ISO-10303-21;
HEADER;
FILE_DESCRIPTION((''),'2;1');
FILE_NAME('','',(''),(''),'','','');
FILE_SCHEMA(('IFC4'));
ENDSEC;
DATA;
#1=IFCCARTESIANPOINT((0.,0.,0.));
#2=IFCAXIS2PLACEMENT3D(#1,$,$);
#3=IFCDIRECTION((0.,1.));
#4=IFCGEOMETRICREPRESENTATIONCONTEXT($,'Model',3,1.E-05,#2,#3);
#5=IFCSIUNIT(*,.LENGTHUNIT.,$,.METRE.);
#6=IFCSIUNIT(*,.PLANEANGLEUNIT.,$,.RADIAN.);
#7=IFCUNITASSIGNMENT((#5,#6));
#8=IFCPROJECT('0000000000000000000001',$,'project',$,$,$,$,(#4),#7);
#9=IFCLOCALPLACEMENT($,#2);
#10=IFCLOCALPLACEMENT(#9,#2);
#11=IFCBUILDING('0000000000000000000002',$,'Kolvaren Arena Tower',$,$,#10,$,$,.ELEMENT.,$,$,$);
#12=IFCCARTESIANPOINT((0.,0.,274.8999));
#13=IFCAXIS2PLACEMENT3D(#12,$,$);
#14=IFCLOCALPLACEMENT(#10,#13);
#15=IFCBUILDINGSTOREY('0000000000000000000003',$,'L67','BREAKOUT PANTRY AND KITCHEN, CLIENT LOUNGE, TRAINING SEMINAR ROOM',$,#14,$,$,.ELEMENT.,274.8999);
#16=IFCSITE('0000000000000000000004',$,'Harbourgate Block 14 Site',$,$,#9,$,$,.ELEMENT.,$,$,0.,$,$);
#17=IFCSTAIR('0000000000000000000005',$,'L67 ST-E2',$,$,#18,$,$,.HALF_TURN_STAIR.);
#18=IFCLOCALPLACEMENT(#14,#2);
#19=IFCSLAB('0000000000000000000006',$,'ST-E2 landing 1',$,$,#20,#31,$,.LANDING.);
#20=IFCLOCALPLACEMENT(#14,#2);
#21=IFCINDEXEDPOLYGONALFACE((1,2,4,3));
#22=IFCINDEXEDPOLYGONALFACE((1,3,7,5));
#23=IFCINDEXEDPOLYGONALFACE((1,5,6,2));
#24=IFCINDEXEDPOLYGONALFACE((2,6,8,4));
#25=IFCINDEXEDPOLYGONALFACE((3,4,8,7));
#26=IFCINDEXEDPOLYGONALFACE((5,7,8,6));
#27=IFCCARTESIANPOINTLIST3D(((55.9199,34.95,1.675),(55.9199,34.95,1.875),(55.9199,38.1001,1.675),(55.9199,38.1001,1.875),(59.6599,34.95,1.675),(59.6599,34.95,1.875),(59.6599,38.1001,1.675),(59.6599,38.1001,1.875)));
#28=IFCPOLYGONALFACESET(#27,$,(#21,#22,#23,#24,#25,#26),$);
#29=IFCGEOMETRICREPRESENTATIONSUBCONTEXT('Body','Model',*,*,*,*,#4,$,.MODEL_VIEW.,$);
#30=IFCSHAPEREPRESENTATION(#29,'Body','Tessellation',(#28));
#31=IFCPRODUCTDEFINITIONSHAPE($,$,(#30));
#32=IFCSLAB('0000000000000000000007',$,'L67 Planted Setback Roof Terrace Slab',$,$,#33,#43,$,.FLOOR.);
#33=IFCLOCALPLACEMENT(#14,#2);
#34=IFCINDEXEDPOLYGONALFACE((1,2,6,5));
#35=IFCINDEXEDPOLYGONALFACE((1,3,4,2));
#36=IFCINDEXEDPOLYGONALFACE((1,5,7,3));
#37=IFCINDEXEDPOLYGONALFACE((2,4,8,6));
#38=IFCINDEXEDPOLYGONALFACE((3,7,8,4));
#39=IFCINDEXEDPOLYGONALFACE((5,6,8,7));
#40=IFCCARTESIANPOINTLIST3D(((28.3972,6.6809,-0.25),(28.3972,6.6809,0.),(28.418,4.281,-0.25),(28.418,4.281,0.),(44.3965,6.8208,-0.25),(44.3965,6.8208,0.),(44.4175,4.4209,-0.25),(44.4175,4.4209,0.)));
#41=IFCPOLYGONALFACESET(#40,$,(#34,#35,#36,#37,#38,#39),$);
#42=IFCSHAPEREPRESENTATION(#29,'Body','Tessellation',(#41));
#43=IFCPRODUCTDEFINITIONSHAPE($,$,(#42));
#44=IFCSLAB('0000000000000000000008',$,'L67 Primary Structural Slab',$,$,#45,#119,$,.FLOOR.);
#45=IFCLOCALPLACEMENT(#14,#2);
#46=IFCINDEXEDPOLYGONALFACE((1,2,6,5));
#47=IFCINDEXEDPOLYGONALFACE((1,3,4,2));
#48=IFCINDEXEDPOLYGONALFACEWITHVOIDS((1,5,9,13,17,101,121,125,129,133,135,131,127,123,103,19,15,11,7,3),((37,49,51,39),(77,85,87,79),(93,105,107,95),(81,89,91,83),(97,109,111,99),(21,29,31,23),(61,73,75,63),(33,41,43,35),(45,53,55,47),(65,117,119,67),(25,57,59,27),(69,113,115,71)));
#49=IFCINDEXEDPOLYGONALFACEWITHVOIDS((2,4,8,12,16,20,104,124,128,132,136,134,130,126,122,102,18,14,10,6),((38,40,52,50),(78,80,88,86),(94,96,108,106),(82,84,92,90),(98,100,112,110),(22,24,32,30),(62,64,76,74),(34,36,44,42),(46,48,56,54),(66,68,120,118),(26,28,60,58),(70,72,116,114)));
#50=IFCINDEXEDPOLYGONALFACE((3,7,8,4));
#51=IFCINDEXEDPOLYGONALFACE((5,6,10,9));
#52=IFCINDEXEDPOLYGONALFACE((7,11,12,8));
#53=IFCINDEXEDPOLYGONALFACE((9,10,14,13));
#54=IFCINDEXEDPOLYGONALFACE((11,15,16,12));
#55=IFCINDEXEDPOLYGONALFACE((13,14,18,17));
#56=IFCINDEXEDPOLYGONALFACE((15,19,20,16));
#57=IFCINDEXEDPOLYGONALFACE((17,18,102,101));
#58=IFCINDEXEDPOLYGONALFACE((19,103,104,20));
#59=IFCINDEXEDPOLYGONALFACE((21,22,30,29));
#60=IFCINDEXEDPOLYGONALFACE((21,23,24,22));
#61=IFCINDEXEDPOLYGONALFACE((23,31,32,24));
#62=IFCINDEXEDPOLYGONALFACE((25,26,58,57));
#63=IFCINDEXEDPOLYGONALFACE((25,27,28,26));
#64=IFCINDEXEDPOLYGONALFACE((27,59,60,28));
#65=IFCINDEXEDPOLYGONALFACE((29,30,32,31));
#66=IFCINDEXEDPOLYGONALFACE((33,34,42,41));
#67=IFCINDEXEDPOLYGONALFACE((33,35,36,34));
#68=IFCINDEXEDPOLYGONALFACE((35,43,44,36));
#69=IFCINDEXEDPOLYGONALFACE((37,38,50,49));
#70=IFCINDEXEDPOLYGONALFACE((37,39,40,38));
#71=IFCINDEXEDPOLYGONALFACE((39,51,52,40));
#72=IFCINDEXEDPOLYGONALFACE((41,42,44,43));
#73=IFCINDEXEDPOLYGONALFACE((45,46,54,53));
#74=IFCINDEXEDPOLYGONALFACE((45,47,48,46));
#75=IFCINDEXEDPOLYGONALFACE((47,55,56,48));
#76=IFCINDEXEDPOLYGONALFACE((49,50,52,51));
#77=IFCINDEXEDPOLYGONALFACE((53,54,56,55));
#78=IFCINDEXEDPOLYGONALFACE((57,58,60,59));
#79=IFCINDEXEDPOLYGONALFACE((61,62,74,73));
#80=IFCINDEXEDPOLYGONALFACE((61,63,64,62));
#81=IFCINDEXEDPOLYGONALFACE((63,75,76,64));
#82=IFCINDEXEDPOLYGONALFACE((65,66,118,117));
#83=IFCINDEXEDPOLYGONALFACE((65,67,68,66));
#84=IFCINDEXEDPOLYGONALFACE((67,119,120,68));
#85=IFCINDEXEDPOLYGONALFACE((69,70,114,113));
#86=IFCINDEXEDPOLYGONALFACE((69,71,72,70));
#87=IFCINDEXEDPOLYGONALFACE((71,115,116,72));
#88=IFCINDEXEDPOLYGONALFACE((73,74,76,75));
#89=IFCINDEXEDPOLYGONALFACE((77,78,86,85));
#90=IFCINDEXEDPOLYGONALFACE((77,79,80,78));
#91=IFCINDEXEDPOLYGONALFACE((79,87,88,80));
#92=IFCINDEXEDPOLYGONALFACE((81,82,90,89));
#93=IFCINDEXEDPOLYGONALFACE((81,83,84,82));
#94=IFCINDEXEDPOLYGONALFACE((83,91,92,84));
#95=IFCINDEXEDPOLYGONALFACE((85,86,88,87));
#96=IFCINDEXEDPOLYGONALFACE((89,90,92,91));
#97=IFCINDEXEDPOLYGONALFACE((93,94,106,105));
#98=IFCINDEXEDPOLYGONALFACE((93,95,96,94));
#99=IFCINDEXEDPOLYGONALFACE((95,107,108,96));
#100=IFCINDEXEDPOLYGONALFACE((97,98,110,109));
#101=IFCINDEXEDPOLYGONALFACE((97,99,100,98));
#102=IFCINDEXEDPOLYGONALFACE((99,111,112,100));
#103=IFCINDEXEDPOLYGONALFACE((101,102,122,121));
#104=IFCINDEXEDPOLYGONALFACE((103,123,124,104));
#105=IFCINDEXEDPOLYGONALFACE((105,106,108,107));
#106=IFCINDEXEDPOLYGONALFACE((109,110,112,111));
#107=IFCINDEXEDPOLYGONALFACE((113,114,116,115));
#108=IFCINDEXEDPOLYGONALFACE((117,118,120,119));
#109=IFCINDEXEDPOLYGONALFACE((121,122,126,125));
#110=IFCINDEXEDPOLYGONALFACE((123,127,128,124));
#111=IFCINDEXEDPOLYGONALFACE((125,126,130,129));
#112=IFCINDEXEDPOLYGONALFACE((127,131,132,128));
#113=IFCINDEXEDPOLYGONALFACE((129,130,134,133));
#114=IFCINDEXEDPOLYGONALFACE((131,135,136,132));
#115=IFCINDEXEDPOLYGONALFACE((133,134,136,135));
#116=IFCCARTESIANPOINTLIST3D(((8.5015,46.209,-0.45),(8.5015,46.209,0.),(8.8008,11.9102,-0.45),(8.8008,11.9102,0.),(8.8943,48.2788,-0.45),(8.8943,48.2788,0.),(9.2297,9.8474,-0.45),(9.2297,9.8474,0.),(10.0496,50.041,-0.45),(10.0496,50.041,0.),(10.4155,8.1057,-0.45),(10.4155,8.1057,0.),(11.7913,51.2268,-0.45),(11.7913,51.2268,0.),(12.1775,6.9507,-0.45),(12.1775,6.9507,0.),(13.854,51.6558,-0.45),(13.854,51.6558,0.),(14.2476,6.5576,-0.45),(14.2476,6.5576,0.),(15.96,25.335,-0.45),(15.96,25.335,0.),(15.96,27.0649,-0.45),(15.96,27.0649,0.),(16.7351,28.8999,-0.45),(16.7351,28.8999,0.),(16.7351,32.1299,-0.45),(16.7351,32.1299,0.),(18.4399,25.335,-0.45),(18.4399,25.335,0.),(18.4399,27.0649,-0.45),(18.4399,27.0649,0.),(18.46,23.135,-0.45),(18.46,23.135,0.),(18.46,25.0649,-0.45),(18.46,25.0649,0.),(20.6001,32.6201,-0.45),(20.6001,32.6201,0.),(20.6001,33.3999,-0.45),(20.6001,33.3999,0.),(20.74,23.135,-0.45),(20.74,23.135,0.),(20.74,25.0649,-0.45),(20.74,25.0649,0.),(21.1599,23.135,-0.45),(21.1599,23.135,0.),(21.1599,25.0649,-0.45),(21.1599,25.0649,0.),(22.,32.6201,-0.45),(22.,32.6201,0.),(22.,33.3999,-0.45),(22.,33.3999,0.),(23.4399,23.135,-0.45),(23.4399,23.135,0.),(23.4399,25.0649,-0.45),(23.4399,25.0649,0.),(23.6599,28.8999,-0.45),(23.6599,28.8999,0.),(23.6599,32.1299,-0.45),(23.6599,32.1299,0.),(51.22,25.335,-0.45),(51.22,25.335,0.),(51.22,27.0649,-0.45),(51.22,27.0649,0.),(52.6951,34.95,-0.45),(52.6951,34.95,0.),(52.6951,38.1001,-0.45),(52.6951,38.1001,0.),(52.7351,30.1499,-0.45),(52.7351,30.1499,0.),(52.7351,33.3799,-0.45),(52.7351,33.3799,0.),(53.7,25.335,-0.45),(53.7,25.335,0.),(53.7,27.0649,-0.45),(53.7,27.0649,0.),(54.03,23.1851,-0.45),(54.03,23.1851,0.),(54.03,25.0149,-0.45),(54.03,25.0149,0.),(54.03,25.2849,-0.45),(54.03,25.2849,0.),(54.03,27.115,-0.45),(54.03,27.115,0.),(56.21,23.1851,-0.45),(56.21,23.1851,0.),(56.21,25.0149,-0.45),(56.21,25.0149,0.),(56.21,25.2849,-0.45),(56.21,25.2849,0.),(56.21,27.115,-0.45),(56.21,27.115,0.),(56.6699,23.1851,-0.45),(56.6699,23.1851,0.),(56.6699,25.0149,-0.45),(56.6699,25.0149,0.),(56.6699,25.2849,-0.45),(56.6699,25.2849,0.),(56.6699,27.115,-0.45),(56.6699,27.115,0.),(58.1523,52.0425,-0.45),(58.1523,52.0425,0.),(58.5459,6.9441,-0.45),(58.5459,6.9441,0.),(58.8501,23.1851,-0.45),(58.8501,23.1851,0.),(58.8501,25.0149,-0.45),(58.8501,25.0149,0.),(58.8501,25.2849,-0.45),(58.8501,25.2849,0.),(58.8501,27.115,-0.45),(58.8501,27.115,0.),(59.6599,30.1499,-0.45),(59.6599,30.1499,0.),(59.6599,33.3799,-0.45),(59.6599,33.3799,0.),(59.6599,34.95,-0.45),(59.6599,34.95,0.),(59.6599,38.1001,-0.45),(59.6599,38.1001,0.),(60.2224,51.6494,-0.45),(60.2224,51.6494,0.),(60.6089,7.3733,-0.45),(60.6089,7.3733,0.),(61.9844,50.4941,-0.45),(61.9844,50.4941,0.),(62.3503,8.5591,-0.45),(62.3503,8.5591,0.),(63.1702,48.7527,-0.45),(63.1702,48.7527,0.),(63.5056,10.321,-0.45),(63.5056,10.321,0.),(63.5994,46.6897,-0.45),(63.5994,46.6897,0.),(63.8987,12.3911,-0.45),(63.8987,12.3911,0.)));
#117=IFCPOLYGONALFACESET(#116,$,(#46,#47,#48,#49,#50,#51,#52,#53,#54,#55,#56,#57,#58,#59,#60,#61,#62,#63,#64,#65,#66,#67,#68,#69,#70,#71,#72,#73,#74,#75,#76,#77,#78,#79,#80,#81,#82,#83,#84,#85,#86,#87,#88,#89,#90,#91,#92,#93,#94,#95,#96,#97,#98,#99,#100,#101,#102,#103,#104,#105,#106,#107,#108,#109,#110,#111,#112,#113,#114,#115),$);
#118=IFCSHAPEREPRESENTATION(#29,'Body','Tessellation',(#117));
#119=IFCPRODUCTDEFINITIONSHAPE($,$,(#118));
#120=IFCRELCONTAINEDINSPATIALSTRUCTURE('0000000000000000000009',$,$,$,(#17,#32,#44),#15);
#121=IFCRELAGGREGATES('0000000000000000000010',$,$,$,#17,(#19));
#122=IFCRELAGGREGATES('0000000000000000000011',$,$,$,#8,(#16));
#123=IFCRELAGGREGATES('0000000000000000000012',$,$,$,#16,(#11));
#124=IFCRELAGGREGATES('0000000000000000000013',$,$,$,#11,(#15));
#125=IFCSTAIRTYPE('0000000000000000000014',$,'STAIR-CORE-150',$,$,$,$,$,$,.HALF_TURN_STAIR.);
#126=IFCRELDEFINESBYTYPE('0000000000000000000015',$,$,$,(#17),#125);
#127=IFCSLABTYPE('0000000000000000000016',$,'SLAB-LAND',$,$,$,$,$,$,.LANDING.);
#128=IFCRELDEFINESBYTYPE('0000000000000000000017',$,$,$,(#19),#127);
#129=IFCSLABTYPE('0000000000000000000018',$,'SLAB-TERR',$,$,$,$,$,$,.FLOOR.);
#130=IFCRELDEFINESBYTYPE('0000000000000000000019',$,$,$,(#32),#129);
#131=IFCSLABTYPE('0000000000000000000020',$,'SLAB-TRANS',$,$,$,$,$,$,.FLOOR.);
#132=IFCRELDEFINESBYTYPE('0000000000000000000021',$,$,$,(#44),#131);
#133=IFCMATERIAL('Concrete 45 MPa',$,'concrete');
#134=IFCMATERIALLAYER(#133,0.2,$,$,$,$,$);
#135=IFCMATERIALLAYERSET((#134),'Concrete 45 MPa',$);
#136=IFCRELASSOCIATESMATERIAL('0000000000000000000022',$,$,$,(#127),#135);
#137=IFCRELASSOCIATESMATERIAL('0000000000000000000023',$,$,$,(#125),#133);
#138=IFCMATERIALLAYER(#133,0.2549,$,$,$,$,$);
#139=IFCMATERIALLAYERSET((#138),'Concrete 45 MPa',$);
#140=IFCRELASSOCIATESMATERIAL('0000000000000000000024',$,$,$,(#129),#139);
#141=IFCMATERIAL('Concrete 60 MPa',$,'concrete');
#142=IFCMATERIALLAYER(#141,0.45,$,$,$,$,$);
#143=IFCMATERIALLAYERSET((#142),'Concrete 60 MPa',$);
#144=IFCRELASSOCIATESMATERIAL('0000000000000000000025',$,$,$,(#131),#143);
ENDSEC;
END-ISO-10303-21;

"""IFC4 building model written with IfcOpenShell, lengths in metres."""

from ifc_helpers import new_model, si_unit, direction, frame, origin, place, context, subcontext, project, spatial, polyline, outline, extrude, material, layer, layer_set, type_object, element, aggregate, save


model = new_model("IFC4")

# Units and contexts
model_context = context("Model", 3, precision=1e-05, world=origin(), true_north=direction((0.0, 1.0)))
body_context = subcontext(model_context, "Body", "Model", "MODEL_VIEW")
ifc_project = project(units=[si_unit("LENGTHUNIT", "METRE"), si_unit("PLANEANGLEUNIT", "RADIAN")], contexts=[model_context])

# Site, building, storey
site_placement = place(None, origin())
site = spatial("IfcSite", under=ifc_project, at=site_placement, Name="Harbourgate Block 14 Site", CompositionType="ELEMENT", RefElevation=0.0)
building_placement = place(site_placement, origin())
building = spatial("IfcBuilding", under=site, at=building_placement, Name="Kolvaren Arena Tower", CompositionType="ELEMENT")
storey_placement = place(building_placement, frame((0.0, 0.0, 274.8999)))
storey = spatial("IfcBuildingStorey", under=building, at=storey_placement, Name="L67", Description="BREAKOUT PANTRY AND KITCHEN, CLIENT LOUNGE, TRAINING SEMINAR ROOM", CompositionType="ELEMENT", Elevation=274.8999)

# Stair, slab
ifc_material_1 = material(Name="Concrete 45 MPa", Category="concrete")
ifc_layer_1 = layer(ifc_material_1, 0.2)
ifc_layer_set_1 = layer_set([ifc_layer_1], Name="Concrete 45 MPa")
slab_type_1 = type_object("IfcSlabType", Name="SLAB-LAND", PredefinedType="LANDING", material=ifc_layer_set_1)
stair_type_1 = type_object("IfcStairType", Name="STAIR-CORE-150", PredefinedType="HALF_TURN_STAIR", material=ifc_material_1)
stair_1_placement = place(storey_placement, origin())
stair_1 = element("IfcStair", 1, at=stair_1_placement, inside=storey, type_object=stair_type_1, Name="L67 ST-E2", PredefinedType="HALF_TURN_STAIR")
slab_1_placement = place(storey_placement, frame((0.0, 0.0, 1.675)))
slab_1 = element("IfcSlab", 2, at=slab_1_placement, type_object=slab_type_1, Name="ST-E2 landing 1", PredefinedType="LANDING", context=body_context, shape_type="SweptSolid", body=[
    extrude(outline(polyline([(55.9199, 34.95), (59.6599, 34.95), (59.6599, 38.1001), (55.9199, 38.1001), (55.9199, 34.95)])), origin(), (0.0, 0.0, 1.0), 0.2),
])
aggregate(stair_1, [slab_1])

# Slabs
ifc_layer_2 = layer(ifc_material_1, 0.2549)
ifc_layer_set_2 = layer_set([ifc_layer_2], Name="Concrete 45 MPa")
slab_type_2 = type_object("IfcSlabType", Name="SLAB-TERR", PredefinedType="FLOOR", material=ifc_layer_set_2)
slab_2_placement = place(storey_placement, frame((0.0, 0.0, -0.25)))
element("IfcSlab", 3, at=slab_2_placement, inside=storey, type_object=slab_type_2, Name="L67 Planted Setback Roof Terrace Slab", PredefinedType="FLOOR", context=body_context, shape_type="SweptSolid", body=[
    extrude(outline(polyline([(28.418, 4.281), (44.4175, 4.4209), (44.3965, 6.8208), (28.3972, 6.6809), (28.418, 4.281)])), origin(), (0.0, 0.0, 1.0), 0.25),
])
ifc_material_2 = material(Name="Concrete 60 MPa", Category="concrete")
ifc_layer_3 = layer(ifc_material_2, 0.45)
ifc_layer_set_3 = layer_set([ifc_layer_3], Name="Concrete 60 MPa")
slab_type_3 = type_object("IfcSlabType", Name="SLAB-TRANS", PredefinedType="FLOOR", material=ifc_layer_set_3)
slab_3_placement = place(storey_placement, frame((0.0, 0.0, -0.45)))
element("IfcSlab", 4, at=slab_3_placement, inside=storey, type_object=slab_type_3, Name="L67 Primary Structural Slab", PredefinedType="FLOOR", context=body_context, shape_type="SweptSolid", body=[
    extrude(outline(polyline([(58.5459, 6.9441), (60.6089, 7.3733), (62.3503, 8.5591), (63.5056, 10.321), (63.8987, 12.3911), (63.5994, 46.6897), (63.1702, 48.7527), (61.9844, 50.4941), (60.2224, 51.6494), (58.1523, 52.0425), (13.854, 51.6558), (11.7913, 51.2268), (10.0496, 50.041), (8.8943, 48.2788), (8.5015, 46.209), (8.8008, 11.9102), (9.2297, 9.8474), (10.4155, 8.1057), (12.1775, 6.9507), (14.2476, 6.5576), (58.5459, 6.9441)]), holes=[polyline([(20.74, 23.135), (18.46, 23.135), (18.46, 25.0649), (20.74, 25.0649), (20.74, 23.135)]), polyline([(21.1599, 23.135), (21.1599, 25.0649), (23.4399, 25.0649), (23.4399, 23.135), (21.1599, 23.135)]), polyline([(56.21, 23.1851), (54.03, 23.1851), (54.03, 25.0149), (56.21, 25.0149), (56.21, 23.1851)]), polyline([(56.6699, 23.1851), (56.6699, 25.0149), (58.8501, 25.0149), (58.8501, 23.1851), (56.6699, 23.1851)]), polyline([(54.03, 25.2849), (54.03, 27.115), (56.21, 27.115), (56.21, 25.2849), (54.03, 25.2849)]), polyline([(58.8501, 25.2849), (56.6699, 25.2849), (56.6699, 27.115), (58.8501, 27.115), (58.8501, 25.2849)]), polyline([(15.96, 25.335), (15.96, 27.0649), (18.4399, 27.0649), (18.4399, 25.335), (15.96, 25.335)]), polyline([(53.7, 25.335), (51.22, 25.335), (51.22, 27.0649), (53.7, 27.0649), (53.7, 25.335)]), polyline([(16.7351, 28.8999), (16.7351, 32.1299), (23.6599, 32.1299), (23.6599, 28.8999), (16.7351, 28.8999)]), polyline([(52.7351, 30.1499), (52.7351, 33.3799), (59.6599, 33.3799), (59.6599, 30.1499), (52.7351, 30.1499)]), polyline([(20.6001, 32.6201), (20.6001, 33.3999), (22.0, 33.3999), (22.0, 32.6201), (20.6001, 32.6201)]), polyline([(52.6951, 34.95), (52.6951, 38.1001), (59.6599, 38.1001), (59.6599, 34.95), (52.6951, 34.95)])]), origin(), (0.0, 0.0, 1.0), 0.45),
])

save(model, "model.ifc")
